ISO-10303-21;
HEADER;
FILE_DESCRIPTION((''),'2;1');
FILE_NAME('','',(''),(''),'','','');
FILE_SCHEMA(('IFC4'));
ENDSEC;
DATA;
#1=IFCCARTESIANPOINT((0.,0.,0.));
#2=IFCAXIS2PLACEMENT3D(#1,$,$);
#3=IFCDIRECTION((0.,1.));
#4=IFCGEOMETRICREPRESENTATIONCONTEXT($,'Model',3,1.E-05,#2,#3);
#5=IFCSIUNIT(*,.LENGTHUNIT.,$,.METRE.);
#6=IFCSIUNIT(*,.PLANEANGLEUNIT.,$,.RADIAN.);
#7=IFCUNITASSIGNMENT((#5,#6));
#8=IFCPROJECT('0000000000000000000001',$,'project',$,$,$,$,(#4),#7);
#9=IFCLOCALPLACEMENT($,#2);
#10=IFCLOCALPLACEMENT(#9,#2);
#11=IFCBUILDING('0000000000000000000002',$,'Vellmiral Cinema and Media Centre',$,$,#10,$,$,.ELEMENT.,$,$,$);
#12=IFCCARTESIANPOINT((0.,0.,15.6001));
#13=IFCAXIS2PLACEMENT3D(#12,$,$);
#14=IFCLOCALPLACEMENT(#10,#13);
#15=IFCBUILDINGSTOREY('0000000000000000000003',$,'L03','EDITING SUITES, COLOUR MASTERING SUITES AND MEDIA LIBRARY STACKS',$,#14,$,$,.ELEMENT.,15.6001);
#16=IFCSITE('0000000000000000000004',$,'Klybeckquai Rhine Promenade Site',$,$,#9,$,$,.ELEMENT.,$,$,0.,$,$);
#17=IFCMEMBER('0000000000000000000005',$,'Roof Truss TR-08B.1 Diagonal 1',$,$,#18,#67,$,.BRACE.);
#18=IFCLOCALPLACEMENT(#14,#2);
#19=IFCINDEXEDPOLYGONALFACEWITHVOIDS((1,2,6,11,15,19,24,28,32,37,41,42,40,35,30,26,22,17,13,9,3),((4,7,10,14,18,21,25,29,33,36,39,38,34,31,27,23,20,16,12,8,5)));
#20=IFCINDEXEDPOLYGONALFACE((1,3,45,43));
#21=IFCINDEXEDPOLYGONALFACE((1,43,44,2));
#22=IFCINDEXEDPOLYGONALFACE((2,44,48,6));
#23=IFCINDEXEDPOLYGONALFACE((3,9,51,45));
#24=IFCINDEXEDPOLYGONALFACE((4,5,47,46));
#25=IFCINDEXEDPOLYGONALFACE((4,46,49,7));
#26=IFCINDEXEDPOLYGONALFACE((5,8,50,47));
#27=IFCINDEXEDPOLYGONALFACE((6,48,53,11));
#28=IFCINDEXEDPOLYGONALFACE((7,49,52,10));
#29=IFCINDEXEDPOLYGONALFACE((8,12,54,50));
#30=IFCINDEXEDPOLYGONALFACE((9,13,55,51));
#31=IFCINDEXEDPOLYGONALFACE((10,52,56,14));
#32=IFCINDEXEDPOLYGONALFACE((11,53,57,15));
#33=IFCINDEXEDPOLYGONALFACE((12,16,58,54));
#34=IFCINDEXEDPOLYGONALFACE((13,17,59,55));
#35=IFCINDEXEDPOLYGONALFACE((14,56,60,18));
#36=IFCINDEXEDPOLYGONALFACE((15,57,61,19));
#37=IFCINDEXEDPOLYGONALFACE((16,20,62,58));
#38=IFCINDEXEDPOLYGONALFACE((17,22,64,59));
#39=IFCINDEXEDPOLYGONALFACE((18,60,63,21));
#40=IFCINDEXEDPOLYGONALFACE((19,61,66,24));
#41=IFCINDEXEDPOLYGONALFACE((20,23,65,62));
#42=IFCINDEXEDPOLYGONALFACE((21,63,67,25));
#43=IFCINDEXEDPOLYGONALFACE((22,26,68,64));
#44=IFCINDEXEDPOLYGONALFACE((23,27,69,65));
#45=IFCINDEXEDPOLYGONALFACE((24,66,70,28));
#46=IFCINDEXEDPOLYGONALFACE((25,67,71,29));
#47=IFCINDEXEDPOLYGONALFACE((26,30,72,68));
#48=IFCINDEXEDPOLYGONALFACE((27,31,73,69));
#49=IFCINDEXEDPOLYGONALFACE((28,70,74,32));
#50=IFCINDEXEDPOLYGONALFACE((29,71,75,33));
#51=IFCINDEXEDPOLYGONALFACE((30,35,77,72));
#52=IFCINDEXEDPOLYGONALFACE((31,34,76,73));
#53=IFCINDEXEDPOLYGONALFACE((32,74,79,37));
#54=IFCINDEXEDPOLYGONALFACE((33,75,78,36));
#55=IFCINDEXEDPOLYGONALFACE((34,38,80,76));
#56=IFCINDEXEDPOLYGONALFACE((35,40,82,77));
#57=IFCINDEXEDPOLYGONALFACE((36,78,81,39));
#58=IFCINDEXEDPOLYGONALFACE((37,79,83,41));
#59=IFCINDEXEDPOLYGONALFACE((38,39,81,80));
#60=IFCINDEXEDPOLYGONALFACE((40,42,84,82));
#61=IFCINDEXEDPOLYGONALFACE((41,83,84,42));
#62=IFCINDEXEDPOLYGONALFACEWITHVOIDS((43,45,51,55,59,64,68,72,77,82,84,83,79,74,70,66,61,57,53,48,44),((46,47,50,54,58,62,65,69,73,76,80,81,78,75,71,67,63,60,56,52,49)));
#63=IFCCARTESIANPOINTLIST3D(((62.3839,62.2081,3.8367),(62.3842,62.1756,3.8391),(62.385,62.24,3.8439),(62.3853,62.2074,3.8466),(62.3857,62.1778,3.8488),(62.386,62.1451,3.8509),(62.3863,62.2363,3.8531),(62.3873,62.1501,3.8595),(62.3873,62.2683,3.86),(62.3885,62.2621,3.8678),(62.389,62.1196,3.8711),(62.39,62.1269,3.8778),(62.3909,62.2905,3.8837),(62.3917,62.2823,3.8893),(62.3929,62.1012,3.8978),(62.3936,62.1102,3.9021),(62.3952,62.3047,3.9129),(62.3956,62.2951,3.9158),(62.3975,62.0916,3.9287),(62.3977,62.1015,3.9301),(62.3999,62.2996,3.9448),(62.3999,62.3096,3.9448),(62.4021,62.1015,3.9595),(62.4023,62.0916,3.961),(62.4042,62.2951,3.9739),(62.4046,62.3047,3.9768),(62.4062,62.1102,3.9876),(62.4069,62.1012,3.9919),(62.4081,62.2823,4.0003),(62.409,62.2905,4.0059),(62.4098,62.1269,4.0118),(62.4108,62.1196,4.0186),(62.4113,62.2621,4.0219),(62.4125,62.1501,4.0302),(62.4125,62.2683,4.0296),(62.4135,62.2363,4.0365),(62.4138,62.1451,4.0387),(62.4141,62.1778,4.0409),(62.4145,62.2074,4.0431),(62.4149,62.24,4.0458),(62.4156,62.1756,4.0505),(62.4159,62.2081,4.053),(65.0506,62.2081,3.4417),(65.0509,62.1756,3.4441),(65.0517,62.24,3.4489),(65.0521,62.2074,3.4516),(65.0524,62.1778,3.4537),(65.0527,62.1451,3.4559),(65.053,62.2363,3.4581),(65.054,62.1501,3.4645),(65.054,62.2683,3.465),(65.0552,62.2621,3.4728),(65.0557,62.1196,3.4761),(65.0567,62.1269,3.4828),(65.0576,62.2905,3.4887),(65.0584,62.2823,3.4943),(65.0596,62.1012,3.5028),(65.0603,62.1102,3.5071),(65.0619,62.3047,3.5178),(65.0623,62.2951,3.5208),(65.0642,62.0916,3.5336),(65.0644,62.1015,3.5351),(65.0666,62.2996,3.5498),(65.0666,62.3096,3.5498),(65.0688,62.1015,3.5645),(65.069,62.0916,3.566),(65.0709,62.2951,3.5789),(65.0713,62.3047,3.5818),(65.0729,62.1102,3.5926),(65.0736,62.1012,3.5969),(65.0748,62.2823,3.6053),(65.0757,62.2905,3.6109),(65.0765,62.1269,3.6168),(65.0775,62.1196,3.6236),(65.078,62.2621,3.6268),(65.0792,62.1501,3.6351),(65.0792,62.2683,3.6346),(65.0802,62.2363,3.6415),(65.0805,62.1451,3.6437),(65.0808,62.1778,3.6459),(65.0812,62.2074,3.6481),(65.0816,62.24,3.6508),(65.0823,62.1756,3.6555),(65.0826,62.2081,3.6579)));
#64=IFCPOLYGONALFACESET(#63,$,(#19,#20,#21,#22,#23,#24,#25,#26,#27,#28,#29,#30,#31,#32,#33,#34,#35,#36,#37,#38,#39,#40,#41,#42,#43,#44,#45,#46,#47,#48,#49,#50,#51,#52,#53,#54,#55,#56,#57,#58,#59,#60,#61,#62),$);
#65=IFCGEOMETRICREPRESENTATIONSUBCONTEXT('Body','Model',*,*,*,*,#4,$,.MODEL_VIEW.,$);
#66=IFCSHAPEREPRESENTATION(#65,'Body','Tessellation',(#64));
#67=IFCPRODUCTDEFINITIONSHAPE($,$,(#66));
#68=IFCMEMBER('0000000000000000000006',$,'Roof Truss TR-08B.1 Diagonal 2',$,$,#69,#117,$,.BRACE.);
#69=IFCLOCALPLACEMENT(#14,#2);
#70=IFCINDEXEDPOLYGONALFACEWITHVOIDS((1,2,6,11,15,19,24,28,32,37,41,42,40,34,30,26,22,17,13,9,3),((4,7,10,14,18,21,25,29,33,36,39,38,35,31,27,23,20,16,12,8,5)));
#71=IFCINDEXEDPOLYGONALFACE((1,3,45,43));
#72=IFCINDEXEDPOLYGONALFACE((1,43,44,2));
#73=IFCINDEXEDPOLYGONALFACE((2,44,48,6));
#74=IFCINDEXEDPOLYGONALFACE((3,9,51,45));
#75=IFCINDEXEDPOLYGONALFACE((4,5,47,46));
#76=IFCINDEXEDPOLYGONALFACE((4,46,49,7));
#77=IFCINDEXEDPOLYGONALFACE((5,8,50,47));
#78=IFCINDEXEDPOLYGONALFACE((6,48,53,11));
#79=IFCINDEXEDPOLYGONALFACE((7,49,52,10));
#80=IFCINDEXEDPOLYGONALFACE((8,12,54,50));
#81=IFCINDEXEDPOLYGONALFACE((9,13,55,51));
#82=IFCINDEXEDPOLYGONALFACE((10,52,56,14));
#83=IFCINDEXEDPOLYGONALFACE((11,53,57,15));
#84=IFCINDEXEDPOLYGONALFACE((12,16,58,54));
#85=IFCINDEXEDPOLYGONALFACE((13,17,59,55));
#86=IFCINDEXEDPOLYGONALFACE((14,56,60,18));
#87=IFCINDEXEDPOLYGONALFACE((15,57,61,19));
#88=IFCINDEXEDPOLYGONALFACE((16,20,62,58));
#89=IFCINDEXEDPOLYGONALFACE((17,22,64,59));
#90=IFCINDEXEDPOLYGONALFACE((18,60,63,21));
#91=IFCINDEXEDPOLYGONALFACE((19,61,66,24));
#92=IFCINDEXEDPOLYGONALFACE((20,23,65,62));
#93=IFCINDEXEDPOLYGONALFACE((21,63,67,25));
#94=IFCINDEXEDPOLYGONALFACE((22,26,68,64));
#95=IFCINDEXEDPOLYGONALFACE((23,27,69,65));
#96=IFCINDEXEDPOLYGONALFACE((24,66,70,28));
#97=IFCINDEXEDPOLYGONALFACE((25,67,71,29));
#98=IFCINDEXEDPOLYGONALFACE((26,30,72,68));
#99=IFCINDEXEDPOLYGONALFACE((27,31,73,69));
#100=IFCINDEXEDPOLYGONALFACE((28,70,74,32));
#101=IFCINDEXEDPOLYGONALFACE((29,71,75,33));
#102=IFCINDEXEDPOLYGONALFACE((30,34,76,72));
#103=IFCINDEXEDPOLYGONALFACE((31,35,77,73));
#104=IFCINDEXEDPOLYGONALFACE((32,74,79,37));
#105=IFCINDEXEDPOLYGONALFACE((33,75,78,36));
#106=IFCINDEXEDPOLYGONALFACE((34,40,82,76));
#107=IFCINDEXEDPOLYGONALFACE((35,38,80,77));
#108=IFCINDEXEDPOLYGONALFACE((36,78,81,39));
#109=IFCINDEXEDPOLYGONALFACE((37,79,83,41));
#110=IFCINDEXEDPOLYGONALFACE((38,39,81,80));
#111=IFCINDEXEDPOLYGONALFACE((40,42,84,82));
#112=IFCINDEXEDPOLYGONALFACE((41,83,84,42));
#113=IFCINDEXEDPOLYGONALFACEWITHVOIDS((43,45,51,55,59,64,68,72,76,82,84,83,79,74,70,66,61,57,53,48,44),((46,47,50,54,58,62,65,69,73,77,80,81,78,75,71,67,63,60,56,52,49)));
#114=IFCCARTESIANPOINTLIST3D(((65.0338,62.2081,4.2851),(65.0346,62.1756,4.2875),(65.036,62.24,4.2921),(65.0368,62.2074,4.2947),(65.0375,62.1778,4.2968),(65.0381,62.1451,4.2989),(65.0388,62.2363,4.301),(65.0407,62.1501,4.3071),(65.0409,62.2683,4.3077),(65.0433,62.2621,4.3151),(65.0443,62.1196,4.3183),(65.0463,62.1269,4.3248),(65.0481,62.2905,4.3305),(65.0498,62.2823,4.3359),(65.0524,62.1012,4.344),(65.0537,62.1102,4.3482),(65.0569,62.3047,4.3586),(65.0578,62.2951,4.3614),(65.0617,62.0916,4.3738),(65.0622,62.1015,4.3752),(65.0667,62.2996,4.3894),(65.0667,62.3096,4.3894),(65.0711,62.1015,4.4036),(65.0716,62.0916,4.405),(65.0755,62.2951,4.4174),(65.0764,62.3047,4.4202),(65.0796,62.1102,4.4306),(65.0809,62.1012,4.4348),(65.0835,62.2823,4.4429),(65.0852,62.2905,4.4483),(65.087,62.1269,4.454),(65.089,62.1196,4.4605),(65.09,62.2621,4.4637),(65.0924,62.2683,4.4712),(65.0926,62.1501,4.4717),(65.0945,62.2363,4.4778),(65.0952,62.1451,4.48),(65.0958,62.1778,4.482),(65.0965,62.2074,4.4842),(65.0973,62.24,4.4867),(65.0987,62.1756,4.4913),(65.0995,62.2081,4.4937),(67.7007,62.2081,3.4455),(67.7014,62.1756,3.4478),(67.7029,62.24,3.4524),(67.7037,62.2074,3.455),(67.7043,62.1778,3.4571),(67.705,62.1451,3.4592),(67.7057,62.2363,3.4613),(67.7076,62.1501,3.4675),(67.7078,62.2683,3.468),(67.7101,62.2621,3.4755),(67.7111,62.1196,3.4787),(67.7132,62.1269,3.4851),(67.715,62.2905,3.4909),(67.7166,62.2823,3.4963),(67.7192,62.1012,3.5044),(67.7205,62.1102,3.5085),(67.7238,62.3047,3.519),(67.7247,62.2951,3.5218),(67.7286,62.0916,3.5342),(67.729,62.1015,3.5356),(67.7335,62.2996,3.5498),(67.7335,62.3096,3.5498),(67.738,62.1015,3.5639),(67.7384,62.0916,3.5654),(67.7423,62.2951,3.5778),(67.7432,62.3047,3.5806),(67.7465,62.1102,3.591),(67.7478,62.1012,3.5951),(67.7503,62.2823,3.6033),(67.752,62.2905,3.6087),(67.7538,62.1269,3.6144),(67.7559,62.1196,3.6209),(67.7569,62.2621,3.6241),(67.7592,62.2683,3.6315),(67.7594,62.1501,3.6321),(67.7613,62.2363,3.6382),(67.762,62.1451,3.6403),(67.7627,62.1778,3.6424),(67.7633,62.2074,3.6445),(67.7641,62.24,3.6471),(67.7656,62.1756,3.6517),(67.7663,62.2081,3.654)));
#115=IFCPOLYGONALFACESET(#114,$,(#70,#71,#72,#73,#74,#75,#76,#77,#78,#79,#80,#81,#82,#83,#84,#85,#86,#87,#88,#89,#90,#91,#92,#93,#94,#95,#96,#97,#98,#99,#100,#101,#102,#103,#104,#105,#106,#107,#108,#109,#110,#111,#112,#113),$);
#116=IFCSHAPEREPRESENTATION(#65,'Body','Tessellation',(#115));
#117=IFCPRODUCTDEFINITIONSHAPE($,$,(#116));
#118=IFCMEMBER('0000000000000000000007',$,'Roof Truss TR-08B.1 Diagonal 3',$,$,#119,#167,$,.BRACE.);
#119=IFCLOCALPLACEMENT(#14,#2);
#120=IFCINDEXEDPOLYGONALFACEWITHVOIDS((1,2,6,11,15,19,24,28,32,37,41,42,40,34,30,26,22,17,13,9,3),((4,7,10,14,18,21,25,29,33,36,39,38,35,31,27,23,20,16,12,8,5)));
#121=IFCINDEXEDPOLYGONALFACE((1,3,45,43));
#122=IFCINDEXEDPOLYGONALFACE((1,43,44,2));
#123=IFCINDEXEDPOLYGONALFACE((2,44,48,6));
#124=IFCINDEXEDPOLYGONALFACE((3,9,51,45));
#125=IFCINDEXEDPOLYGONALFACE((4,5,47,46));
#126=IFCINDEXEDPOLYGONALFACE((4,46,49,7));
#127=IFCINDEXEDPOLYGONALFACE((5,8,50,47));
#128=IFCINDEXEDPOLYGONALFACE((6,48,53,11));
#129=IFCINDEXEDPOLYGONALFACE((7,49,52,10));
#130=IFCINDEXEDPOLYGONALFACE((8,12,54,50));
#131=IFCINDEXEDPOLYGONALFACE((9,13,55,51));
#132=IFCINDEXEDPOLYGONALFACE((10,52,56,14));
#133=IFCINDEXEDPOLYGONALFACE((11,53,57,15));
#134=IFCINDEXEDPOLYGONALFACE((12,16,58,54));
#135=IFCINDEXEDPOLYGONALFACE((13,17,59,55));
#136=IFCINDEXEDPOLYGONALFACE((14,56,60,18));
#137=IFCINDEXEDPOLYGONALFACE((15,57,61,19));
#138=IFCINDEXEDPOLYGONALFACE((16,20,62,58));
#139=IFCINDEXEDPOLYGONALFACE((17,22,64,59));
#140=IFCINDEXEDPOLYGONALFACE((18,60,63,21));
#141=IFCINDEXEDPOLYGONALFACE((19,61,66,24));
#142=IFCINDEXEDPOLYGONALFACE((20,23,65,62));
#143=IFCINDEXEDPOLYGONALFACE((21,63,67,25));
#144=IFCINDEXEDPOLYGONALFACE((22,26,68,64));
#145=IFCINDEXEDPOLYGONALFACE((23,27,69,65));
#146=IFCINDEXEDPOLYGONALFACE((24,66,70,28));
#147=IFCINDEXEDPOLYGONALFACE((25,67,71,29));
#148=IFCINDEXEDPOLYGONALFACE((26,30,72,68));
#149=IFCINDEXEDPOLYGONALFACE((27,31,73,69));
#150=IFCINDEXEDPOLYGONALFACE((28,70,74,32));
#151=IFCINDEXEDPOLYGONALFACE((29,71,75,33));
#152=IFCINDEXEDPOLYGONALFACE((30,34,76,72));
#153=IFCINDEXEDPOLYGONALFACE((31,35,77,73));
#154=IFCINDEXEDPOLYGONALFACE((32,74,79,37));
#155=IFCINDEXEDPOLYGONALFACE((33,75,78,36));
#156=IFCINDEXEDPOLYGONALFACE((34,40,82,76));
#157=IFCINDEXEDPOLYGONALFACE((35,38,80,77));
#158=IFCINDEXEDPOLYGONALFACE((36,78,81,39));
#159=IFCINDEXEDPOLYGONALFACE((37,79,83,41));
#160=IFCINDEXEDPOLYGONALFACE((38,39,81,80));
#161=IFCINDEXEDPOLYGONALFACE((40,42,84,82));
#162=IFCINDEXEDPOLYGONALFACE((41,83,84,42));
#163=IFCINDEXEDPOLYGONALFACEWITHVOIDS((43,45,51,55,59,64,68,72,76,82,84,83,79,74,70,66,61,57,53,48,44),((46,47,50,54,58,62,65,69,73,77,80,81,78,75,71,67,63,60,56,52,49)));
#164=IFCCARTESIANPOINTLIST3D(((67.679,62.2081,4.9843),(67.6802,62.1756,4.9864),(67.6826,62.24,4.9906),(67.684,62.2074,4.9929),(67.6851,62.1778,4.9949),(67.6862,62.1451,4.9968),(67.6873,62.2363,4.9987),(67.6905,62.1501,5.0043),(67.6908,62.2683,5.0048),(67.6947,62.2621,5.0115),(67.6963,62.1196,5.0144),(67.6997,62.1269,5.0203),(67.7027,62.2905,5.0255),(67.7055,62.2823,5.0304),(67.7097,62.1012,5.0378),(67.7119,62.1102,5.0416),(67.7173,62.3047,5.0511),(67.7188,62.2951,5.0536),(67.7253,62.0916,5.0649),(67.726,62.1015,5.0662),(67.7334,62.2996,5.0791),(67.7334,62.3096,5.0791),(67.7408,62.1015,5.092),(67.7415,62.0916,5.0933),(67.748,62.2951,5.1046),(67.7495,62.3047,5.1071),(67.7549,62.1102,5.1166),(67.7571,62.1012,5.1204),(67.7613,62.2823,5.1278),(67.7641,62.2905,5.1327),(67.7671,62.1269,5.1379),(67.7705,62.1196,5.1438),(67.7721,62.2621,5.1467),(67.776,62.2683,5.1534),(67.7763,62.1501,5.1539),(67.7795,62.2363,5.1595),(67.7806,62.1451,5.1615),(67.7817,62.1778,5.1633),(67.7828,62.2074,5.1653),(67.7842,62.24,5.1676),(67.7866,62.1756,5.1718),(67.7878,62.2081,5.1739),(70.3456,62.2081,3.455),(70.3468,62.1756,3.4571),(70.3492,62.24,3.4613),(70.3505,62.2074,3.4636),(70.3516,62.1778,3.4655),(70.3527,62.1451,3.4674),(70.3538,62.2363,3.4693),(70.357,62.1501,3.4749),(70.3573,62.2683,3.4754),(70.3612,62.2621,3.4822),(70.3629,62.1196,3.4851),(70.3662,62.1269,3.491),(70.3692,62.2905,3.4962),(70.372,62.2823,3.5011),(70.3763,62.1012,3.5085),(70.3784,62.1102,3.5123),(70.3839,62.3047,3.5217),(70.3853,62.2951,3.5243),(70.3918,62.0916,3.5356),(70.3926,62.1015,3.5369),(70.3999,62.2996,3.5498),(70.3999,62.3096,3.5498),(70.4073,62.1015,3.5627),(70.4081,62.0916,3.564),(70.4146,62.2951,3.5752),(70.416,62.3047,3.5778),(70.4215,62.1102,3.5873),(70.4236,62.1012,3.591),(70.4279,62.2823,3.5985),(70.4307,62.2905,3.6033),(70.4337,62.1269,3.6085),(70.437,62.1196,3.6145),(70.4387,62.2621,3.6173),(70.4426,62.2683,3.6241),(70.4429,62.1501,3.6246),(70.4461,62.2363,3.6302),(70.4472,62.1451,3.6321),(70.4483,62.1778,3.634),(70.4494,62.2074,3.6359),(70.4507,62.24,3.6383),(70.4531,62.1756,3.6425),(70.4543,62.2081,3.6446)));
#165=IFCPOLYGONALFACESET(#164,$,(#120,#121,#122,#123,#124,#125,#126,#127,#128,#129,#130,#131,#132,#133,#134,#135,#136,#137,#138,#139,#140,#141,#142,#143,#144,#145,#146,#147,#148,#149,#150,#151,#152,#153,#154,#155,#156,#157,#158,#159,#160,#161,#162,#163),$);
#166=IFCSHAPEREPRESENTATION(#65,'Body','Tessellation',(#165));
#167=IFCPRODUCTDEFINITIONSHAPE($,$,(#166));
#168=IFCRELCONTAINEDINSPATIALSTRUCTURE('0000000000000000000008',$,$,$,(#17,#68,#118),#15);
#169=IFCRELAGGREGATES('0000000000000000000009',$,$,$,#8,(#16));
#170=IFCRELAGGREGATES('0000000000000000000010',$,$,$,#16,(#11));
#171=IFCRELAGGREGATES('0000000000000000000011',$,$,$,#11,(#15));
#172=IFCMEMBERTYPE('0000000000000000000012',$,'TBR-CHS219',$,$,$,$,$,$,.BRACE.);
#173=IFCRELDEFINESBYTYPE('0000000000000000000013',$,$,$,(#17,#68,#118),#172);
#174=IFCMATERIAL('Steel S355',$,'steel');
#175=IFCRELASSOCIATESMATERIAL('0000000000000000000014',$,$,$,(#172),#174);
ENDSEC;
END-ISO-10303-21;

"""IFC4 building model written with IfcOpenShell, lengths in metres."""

from ifc_helpers import new_model, si_unit, direction, frame, origin, origin_2d, place, context, subcontext, project, spatial, hollow_circle, extrude, material, material_profile, profile_set, type_object, element, save


model = new_model("IFC4")

# Units and contexts
model_context = context("Model", 3, precision=1e-05, world=origin(), true_north=direction((0.0, 1.0)))
body_context = subcontext(model_context, "Body", "Model", "MODEL_VIEW")
ifc_project = project(units=[si_unit("LENGTHUNIT", "METRE"), si_unit("PLANEANGLEUNIT", "RADIAN")], contexts=[model_context])

# Site, building, storey
site_placement = place(None, origin())
site = spatial("IfcSite", under=ifc_project, at=site_placement, Name="Klybeckquai Rhine Promenade Site", CompositionType="ELEMENT", RefElevation=0.0)
building_placement = place(site_placement, origin())
building = spatial("IfcBuilding", under=site, at=building_placement, Name="Vellmiral Cinema and Media Centre", CompositionType="ELEMENT")
storey_placement = place(building_placement, frame((0.0, 0.0, 15.6001)))
storey = spatial("IfcBuildingStorey", under=building, at=storey_placement, Name="L03", Description="EDITING SUITES, COLOUR MASTERING SUITES AND MEDIA LIBRARY STACKS", CompositionType="ELEMENT", Elevation=15.6001)

# Members
ifc_material_1 = material(Name="Steel S355", Category="steel")
ifc_material_profile_1 = material_profile(ifc_material_1, hollow_circle(Radius=0.1096, WallThickness=0.01, at=origin_2d()), Name="CHS 219.1x10.0")
ifc_profile_set_1 = profile_set([ifc_material_profile_1], Name="Steel S355")
member_type_1 = type_object("IfcMemberType", Name="TBR-CHS219", PredefinedType="BRACE", material=ifc_profile_set_1)
member_1_placement = place(storey_placement, frame((62.3999, 62.2, 3.9448), z_axis=(0.989206, 0.0, -0.146529), x_axis=(0.0, 1.0, 0.0)))
element("IfcMember", 1, at=member_1_placement, inside=storey, type_object=member_type_1, Name="Roof Truss TR-08B.1 Diagonal 1", PredefinedType="BRACE", context=body_context, shape_type="SweptSolid", body=[
    extrude(hollow_circle(Radius=0.1096, WallThickness=0.01, at=origin_2d()), origin(), (0.0, 0.0, 1.0), 2.6958),
])
member_2_placement = place(storey_placement, frame((65.0667, 62.2, 4.3894), z_axis=(0.953842, 0.0, -0.300308), x_axis=(0.0, 1.0, 0.0)))
element("IfcMember", 2, at=member_2_placement, inside=storey, type_object=member_type_1, Name="Roof Truss TR-08B.1 Diagonal 2", PredefinedType="BRACE", context=body_context, shape_type="SweptSolid", body=[
    extrude(hollow_circle(Radius=0.1096, WallThickness=0.01, at=origin_2d()), origin(), (0.0, 0.0, 1.0), 2.7959),
])
member_3_placement = place(storey_placement, frame((67.7334, 62.2, 5.0791), z_axis=(0.86746, 0.0, -0.497507), x_axis=(0.0, 1.0, 0.0)))
element("IfcMember", 3, at=member_3_placement, inside=storey, type_object=member_type_1, Name="Roof Truss TR-08B.1 Diagonal 3", PredefinedType="BRACE", context=body_context, shape_type="SweptSolid", body=[
    extrude(hollow_circle(Radius=0.1096, WallThickness=0.01, at=origin_2d()), origin(), (0.0, 0.0, 1.0), 3.074),
])

save(model, "model.ifc")
